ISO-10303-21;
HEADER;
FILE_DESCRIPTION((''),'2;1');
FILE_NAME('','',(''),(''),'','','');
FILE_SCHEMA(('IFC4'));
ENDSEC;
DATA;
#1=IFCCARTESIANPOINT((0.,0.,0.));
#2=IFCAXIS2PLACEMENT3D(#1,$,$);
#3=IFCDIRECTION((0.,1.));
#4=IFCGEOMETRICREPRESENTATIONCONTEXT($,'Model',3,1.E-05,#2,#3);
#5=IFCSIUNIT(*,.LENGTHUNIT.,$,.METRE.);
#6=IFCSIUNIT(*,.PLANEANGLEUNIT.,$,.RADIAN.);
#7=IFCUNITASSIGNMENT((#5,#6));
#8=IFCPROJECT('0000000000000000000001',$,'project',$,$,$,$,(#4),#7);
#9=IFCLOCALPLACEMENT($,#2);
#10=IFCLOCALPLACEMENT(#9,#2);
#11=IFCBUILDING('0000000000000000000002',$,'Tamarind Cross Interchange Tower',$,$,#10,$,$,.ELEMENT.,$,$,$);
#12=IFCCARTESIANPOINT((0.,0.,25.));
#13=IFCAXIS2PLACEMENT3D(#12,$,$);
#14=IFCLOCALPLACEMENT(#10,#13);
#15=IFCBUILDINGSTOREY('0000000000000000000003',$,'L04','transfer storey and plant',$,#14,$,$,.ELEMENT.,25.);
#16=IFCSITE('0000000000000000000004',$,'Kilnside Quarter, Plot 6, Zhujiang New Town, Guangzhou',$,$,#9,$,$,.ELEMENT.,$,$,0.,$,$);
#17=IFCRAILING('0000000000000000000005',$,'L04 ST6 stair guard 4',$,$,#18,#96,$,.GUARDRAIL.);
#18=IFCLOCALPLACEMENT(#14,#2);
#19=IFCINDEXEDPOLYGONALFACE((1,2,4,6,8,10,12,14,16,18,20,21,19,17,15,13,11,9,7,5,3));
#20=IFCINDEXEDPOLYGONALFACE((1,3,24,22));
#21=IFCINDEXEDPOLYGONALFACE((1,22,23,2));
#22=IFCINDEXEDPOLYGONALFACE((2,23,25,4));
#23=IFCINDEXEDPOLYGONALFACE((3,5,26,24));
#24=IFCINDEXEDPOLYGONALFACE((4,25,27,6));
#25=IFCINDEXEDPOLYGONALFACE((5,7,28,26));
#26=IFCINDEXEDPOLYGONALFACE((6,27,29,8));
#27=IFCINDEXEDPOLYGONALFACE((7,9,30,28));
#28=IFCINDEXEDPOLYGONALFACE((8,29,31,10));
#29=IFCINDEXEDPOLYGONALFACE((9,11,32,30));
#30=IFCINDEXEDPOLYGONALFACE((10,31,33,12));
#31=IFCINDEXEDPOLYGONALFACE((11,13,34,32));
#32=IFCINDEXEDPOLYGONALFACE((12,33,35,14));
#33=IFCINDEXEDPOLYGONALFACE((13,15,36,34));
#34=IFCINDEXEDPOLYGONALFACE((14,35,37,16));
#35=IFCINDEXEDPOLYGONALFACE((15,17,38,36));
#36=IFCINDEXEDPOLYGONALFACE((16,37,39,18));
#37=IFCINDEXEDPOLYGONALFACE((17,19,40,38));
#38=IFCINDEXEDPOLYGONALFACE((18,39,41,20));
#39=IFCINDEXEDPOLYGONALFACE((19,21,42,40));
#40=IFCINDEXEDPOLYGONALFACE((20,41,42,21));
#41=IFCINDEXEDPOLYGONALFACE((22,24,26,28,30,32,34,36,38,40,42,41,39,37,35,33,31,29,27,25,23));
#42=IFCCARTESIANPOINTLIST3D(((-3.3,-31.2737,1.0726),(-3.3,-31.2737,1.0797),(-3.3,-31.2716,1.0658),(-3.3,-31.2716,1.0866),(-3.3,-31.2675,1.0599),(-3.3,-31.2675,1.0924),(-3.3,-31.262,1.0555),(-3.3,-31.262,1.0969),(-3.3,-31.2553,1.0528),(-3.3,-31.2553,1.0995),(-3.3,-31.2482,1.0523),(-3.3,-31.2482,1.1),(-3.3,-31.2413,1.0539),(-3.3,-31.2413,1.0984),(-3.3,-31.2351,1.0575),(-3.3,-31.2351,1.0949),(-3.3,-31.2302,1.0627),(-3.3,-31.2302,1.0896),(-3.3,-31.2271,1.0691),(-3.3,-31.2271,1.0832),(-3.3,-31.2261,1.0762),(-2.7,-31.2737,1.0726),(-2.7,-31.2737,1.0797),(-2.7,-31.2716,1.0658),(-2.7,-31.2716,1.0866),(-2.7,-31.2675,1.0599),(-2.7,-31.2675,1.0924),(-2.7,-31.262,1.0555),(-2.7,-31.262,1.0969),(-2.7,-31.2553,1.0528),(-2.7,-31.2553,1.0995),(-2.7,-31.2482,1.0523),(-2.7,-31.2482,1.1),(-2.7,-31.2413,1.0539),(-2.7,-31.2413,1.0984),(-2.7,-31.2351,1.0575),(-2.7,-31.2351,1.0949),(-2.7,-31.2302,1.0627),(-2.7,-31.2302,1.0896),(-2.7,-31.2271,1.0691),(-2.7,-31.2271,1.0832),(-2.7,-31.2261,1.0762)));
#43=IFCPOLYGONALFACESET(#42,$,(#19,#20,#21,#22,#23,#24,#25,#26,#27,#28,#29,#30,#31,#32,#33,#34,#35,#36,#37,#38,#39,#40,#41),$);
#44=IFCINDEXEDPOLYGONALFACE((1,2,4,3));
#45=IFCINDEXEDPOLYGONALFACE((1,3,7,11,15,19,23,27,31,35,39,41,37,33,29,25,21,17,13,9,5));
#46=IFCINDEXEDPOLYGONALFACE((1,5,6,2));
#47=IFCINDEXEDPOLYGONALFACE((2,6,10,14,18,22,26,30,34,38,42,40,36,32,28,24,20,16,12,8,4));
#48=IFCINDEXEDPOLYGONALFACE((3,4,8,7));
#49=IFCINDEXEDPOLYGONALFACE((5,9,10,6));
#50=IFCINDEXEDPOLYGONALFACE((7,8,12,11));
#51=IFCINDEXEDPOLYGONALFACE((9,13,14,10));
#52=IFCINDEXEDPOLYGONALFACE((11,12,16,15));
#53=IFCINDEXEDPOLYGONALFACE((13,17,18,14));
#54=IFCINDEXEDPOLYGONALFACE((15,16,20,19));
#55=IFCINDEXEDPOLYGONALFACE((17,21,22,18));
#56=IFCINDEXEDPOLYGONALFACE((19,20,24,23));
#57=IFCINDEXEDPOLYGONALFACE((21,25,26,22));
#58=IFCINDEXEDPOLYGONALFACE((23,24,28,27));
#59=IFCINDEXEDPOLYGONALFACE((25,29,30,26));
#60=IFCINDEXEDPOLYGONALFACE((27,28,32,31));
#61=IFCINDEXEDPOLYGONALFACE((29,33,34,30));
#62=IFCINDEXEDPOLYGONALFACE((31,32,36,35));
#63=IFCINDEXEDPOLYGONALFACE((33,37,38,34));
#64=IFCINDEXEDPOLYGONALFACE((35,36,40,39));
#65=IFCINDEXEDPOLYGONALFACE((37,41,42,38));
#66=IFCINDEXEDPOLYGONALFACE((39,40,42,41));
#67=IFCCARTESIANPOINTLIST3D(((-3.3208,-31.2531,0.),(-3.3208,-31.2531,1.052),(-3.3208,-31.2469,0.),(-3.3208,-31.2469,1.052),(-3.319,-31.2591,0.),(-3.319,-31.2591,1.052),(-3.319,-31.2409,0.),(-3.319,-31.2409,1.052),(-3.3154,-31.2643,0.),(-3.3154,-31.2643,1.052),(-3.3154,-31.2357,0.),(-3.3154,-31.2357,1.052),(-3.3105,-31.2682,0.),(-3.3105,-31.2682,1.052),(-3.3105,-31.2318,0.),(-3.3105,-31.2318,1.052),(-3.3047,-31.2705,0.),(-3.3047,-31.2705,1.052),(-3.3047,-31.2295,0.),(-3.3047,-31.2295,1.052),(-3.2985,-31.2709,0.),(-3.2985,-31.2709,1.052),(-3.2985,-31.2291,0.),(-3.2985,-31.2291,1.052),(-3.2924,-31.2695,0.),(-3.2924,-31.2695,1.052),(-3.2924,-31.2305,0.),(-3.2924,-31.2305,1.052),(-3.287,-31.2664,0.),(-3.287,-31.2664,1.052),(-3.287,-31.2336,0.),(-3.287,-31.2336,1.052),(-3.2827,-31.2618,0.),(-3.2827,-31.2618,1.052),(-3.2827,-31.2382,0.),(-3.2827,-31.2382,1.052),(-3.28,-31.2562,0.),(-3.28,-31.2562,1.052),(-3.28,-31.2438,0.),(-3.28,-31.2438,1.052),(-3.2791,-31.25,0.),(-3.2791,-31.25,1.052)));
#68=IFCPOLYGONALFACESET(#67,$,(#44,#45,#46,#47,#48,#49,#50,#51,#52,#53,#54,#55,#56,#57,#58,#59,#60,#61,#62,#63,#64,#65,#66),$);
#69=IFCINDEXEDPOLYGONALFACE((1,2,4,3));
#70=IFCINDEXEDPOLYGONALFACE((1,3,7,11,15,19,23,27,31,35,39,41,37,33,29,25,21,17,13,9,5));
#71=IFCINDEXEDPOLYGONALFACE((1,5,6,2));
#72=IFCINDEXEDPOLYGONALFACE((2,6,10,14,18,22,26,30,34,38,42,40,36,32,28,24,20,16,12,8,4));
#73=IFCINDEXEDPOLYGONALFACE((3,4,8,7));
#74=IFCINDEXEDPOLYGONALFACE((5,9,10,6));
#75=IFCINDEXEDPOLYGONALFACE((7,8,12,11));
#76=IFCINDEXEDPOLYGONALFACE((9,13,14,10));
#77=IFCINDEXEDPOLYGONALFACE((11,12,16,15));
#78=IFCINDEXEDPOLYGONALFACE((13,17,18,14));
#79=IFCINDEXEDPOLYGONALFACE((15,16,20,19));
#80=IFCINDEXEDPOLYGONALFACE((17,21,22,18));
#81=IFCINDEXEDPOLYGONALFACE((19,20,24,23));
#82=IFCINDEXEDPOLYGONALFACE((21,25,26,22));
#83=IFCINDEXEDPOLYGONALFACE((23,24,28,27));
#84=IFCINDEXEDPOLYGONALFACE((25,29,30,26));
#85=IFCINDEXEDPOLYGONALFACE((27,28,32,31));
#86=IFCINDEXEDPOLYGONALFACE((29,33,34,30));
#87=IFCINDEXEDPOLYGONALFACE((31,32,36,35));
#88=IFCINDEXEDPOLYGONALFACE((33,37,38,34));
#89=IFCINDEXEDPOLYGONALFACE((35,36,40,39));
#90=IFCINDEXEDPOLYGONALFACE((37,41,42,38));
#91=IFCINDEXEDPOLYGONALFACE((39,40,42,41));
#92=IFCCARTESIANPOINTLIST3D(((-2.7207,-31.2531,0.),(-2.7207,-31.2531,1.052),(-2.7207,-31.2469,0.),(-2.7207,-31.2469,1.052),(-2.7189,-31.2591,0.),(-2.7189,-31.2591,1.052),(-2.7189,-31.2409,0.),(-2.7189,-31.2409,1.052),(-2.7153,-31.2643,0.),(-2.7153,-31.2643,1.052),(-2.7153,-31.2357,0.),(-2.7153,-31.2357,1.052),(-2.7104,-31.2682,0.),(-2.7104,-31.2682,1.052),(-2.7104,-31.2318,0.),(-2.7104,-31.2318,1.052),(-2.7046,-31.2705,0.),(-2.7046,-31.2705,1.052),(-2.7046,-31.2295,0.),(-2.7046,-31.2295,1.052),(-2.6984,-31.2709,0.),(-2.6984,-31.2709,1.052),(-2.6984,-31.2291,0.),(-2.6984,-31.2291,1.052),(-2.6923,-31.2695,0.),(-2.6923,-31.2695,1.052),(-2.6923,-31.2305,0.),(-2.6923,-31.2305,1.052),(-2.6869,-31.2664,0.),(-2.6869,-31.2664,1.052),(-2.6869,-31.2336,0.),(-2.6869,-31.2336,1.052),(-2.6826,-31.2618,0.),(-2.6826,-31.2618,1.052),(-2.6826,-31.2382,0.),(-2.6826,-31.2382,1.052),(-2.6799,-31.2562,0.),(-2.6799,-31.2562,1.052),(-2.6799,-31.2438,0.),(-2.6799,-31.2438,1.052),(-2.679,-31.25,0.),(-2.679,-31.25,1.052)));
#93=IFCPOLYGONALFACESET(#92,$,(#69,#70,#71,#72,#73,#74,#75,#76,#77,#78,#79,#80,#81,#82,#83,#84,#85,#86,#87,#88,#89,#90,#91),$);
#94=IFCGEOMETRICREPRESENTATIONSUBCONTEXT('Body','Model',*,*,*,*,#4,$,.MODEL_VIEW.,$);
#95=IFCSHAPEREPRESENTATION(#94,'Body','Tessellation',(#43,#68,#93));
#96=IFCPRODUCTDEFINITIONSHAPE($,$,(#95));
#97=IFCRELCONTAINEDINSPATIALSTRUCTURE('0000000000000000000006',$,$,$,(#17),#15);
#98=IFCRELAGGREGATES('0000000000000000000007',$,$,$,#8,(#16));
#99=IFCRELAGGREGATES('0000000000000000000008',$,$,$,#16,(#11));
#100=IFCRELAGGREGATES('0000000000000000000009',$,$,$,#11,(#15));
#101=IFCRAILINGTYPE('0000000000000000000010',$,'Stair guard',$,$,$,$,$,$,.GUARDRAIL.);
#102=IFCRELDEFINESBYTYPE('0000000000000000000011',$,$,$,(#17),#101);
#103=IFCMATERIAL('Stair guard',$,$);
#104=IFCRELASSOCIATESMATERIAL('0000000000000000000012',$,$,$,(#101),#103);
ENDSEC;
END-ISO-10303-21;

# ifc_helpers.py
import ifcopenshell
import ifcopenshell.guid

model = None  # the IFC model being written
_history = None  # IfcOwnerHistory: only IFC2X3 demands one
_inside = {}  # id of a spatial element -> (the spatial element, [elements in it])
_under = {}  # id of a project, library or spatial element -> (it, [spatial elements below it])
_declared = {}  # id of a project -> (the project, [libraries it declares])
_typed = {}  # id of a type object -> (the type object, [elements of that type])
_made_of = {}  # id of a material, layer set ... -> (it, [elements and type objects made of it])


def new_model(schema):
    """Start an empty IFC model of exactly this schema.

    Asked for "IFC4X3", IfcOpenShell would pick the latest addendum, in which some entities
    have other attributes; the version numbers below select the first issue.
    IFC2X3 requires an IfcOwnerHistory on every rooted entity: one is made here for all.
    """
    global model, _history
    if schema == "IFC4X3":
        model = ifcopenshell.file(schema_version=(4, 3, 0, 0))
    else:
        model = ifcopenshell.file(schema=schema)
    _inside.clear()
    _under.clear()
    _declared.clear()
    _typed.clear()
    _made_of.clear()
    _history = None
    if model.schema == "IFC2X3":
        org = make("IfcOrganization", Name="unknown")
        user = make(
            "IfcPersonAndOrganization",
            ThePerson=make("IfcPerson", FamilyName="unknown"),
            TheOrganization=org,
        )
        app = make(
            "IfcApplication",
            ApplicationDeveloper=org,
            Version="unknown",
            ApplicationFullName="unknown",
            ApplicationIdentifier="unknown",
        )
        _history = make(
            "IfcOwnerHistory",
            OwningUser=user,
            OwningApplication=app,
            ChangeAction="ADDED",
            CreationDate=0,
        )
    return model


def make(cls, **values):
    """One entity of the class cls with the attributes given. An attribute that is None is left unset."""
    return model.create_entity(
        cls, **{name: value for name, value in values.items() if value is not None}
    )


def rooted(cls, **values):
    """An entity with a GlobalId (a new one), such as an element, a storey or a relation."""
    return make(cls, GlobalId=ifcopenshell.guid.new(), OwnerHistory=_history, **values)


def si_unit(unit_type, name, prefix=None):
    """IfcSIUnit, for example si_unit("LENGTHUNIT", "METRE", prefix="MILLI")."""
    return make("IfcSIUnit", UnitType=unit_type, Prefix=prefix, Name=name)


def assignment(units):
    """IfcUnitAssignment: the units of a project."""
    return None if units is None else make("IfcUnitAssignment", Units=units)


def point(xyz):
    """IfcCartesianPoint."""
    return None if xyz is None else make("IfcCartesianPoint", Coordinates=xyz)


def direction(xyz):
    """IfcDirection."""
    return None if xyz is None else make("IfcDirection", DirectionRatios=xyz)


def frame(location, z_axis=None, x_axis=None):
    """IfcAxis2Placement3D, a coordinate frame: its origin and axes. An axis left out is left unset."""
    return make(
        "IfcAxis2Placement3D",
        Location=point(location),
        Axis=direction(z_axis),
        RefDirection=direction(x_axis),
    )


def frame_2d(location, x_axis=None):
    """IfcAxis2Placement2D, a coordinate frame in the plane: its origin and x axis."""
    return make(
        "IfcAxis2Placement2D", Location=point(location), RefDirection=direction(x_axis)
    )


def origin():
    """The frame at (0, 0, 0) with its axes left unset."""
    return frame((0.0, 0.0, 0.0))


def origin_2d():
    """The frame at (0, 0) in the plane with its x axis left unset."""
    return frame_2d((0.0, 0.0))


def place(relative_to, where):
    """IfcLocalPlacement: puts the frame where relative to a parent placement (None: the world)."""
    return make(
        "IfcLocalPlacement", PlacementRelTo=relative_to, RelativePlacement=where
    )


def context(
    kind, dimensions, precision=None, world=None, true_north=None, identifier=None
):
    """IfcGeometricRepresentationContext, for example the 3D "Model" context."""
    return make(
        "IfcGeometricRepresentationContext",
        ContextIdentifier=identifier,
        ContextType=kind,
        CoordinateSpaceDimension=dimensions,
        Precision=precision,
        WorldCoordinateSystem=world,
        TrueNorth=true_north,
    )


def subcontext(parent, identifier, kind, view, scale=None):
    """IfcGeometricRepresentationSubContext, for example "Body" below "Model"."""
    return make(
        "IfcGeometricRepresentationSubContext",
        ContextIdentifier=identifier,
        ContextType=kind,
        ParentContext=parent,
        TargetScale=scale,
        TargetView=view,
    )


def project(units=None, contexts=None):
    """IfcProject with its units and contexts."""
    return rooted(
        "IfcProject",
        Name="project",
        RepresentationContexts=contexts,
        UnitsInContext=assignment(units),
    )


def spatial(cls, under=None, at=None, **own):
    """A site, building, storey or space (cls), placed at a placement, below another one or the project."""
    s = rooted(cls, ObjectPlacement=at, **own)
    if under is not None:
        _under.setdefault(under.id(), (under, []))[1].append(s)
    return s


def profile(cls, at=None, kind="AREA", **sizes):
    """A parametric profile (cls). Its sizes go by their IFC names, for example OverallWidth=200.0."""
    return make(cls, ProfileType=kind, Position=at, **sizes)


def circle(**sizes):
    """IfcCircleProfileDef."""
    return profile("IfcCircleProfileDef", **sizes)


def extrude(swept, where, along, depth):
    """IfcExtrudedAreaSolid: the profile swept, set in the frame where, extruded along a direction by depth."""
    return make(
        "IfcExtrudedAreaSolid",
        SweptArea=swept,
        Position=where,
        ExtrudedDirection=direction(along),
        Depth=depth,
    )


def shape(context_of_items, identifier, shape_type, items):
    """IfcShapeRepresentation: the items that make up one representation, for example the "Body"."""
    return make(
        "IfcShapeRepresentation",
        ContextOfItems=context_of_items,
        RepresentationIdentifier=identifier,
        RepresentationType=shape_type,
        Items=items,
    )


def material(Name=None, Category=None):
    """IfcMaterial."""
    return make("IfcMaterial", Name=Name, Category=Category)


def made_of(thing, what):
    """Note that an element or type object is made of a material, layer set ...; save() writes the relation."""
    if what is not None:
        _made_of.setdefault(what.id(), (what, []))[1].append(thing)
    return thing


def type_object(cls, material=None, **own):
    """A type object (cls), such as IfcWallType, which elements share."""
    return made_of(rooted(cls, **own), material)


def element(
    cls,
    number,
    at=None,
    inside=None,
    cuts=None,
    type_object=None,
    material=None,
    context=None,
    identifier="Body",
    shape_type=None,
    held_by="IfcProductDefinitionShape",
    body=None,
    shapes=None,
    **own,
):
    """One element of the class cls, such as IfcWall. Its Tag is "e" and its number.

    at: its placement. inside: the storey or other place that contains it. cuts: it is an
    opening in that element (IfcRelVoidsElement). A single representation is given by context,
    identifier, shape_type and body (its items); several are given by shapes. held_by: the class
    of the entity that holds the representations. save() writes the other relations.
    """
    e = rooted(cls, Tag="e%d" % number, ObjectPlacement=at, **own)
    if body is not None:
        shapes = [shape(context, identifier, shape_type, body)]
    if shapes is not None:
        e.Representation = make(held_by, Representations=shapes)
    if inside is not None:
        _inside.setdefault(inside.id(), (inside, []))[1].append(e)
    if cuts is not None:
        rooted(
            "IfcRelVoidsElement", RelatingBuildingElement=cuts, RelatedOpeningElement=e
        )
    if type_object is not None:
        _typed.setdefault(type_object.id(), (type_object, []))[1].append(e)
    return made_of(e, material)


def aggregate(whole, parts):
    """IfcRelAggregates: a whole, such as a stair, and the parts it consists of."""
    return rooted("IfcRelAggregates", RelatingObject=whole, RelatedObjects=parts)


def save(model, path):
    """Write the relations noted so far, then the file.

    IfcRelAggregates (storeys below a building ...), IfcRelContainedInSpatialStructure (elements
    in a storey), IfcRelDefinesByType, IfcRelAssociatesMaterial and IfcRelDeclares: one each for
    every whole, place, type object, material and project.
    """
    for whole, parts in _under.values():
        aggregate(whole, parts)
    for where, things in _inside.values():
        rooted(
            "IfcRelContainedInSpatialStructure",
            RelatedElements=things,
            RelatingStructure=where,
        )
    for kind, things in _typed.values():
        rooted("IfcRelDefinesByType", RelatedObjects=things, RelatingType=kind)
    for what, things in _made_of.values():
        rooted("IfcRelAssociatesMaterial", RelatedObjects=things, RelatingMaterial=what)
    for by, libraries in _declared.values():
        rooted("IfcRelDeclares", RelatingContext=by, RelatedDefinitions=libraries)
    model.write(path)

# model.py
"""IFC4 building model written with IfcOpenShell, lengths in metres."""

from ifc_helpers import new_model, si_unit, direction, frame, origin, origin_2d, place, context, subcontext, project, spatial, circle, extrude, material, type_object, element, save


model = new_model("IFC4")

# Units and contexts
model_context = context("Model", 3, precision=1e-05, world=origin(), true_north=direction((0.0, 1.0)))
body_context = subcontext(model_context, "Body", "Model", "MODEL_VIEW")
ifc_project = project(units=[si_unit("LENGTHUNIT", "METRE"), si_unit("PLANEANGLEUNIT", "RADIAN")], contexts=[model_context])

# Site, building, storey
site_placement = place(None, origin())
site = spatial("IfcSite", under=ifc_project, at=site_placement, Name="Kilnside Quarter, Plot 6, Zhujiang New Town, Guangzhou", CompositionType="ELEMENT", RefElevation=0.0)
building_placement = place(site_placement, origin())
building = spatial("IfcBuilding", under=site, at=building_placement, Name="Tamarind Cross Interchange Tower", CompositionType="ELEMENT")
storey_placement = place(building_placement, frame((0.0, 0.0, 25.0)))
storey = spatial("IfcBuildingStorey", under=building, at=storey_placement, Name="L04", Description="transfer storey and plant", CompositionType="ELEMENT", Elevation=25.0)

# Railing
ifc_material_1 = material(Name="Stair guard")
railing_type_1 = type_object("IfcRailingType", Name="Stair guard", PredefinedType="GUARDRAIL", material=ifc_material_1)
railing_1_placement = place(storey_placement, frame((-3.3, -31.25, 0.0)))
element("IfcRailing", 1, at=railing_1_placement, inside=storey, type_object=railing_type_1, Name="L04 ST6 stair guard 4", PredefinedType="GUARDRAIL", context=body_context, shape_type="SweptSolid", body=[
    extrude(circle(Radius=0.0239, at=origin_2d()), frame((0.0, 0.0, 1.0762), z_axis=(1.0, 0.0, 0.0), x_axis=(0.0, 1.0, 0.0)), (0.0, 0.0, 1.0), 0.6001),
    extrude(circle(Radius=0.021, at=origin_2d()), origin(), (0.0, 0.0, 1.0), 1.052),
    extrude(circle(Radius=0.021, at=origin_2d()), frame((0.6001, 0.0, 0.0)), (0.0, 0.0, 1.0), 1.052),
])

save(model, "model.ifc")
